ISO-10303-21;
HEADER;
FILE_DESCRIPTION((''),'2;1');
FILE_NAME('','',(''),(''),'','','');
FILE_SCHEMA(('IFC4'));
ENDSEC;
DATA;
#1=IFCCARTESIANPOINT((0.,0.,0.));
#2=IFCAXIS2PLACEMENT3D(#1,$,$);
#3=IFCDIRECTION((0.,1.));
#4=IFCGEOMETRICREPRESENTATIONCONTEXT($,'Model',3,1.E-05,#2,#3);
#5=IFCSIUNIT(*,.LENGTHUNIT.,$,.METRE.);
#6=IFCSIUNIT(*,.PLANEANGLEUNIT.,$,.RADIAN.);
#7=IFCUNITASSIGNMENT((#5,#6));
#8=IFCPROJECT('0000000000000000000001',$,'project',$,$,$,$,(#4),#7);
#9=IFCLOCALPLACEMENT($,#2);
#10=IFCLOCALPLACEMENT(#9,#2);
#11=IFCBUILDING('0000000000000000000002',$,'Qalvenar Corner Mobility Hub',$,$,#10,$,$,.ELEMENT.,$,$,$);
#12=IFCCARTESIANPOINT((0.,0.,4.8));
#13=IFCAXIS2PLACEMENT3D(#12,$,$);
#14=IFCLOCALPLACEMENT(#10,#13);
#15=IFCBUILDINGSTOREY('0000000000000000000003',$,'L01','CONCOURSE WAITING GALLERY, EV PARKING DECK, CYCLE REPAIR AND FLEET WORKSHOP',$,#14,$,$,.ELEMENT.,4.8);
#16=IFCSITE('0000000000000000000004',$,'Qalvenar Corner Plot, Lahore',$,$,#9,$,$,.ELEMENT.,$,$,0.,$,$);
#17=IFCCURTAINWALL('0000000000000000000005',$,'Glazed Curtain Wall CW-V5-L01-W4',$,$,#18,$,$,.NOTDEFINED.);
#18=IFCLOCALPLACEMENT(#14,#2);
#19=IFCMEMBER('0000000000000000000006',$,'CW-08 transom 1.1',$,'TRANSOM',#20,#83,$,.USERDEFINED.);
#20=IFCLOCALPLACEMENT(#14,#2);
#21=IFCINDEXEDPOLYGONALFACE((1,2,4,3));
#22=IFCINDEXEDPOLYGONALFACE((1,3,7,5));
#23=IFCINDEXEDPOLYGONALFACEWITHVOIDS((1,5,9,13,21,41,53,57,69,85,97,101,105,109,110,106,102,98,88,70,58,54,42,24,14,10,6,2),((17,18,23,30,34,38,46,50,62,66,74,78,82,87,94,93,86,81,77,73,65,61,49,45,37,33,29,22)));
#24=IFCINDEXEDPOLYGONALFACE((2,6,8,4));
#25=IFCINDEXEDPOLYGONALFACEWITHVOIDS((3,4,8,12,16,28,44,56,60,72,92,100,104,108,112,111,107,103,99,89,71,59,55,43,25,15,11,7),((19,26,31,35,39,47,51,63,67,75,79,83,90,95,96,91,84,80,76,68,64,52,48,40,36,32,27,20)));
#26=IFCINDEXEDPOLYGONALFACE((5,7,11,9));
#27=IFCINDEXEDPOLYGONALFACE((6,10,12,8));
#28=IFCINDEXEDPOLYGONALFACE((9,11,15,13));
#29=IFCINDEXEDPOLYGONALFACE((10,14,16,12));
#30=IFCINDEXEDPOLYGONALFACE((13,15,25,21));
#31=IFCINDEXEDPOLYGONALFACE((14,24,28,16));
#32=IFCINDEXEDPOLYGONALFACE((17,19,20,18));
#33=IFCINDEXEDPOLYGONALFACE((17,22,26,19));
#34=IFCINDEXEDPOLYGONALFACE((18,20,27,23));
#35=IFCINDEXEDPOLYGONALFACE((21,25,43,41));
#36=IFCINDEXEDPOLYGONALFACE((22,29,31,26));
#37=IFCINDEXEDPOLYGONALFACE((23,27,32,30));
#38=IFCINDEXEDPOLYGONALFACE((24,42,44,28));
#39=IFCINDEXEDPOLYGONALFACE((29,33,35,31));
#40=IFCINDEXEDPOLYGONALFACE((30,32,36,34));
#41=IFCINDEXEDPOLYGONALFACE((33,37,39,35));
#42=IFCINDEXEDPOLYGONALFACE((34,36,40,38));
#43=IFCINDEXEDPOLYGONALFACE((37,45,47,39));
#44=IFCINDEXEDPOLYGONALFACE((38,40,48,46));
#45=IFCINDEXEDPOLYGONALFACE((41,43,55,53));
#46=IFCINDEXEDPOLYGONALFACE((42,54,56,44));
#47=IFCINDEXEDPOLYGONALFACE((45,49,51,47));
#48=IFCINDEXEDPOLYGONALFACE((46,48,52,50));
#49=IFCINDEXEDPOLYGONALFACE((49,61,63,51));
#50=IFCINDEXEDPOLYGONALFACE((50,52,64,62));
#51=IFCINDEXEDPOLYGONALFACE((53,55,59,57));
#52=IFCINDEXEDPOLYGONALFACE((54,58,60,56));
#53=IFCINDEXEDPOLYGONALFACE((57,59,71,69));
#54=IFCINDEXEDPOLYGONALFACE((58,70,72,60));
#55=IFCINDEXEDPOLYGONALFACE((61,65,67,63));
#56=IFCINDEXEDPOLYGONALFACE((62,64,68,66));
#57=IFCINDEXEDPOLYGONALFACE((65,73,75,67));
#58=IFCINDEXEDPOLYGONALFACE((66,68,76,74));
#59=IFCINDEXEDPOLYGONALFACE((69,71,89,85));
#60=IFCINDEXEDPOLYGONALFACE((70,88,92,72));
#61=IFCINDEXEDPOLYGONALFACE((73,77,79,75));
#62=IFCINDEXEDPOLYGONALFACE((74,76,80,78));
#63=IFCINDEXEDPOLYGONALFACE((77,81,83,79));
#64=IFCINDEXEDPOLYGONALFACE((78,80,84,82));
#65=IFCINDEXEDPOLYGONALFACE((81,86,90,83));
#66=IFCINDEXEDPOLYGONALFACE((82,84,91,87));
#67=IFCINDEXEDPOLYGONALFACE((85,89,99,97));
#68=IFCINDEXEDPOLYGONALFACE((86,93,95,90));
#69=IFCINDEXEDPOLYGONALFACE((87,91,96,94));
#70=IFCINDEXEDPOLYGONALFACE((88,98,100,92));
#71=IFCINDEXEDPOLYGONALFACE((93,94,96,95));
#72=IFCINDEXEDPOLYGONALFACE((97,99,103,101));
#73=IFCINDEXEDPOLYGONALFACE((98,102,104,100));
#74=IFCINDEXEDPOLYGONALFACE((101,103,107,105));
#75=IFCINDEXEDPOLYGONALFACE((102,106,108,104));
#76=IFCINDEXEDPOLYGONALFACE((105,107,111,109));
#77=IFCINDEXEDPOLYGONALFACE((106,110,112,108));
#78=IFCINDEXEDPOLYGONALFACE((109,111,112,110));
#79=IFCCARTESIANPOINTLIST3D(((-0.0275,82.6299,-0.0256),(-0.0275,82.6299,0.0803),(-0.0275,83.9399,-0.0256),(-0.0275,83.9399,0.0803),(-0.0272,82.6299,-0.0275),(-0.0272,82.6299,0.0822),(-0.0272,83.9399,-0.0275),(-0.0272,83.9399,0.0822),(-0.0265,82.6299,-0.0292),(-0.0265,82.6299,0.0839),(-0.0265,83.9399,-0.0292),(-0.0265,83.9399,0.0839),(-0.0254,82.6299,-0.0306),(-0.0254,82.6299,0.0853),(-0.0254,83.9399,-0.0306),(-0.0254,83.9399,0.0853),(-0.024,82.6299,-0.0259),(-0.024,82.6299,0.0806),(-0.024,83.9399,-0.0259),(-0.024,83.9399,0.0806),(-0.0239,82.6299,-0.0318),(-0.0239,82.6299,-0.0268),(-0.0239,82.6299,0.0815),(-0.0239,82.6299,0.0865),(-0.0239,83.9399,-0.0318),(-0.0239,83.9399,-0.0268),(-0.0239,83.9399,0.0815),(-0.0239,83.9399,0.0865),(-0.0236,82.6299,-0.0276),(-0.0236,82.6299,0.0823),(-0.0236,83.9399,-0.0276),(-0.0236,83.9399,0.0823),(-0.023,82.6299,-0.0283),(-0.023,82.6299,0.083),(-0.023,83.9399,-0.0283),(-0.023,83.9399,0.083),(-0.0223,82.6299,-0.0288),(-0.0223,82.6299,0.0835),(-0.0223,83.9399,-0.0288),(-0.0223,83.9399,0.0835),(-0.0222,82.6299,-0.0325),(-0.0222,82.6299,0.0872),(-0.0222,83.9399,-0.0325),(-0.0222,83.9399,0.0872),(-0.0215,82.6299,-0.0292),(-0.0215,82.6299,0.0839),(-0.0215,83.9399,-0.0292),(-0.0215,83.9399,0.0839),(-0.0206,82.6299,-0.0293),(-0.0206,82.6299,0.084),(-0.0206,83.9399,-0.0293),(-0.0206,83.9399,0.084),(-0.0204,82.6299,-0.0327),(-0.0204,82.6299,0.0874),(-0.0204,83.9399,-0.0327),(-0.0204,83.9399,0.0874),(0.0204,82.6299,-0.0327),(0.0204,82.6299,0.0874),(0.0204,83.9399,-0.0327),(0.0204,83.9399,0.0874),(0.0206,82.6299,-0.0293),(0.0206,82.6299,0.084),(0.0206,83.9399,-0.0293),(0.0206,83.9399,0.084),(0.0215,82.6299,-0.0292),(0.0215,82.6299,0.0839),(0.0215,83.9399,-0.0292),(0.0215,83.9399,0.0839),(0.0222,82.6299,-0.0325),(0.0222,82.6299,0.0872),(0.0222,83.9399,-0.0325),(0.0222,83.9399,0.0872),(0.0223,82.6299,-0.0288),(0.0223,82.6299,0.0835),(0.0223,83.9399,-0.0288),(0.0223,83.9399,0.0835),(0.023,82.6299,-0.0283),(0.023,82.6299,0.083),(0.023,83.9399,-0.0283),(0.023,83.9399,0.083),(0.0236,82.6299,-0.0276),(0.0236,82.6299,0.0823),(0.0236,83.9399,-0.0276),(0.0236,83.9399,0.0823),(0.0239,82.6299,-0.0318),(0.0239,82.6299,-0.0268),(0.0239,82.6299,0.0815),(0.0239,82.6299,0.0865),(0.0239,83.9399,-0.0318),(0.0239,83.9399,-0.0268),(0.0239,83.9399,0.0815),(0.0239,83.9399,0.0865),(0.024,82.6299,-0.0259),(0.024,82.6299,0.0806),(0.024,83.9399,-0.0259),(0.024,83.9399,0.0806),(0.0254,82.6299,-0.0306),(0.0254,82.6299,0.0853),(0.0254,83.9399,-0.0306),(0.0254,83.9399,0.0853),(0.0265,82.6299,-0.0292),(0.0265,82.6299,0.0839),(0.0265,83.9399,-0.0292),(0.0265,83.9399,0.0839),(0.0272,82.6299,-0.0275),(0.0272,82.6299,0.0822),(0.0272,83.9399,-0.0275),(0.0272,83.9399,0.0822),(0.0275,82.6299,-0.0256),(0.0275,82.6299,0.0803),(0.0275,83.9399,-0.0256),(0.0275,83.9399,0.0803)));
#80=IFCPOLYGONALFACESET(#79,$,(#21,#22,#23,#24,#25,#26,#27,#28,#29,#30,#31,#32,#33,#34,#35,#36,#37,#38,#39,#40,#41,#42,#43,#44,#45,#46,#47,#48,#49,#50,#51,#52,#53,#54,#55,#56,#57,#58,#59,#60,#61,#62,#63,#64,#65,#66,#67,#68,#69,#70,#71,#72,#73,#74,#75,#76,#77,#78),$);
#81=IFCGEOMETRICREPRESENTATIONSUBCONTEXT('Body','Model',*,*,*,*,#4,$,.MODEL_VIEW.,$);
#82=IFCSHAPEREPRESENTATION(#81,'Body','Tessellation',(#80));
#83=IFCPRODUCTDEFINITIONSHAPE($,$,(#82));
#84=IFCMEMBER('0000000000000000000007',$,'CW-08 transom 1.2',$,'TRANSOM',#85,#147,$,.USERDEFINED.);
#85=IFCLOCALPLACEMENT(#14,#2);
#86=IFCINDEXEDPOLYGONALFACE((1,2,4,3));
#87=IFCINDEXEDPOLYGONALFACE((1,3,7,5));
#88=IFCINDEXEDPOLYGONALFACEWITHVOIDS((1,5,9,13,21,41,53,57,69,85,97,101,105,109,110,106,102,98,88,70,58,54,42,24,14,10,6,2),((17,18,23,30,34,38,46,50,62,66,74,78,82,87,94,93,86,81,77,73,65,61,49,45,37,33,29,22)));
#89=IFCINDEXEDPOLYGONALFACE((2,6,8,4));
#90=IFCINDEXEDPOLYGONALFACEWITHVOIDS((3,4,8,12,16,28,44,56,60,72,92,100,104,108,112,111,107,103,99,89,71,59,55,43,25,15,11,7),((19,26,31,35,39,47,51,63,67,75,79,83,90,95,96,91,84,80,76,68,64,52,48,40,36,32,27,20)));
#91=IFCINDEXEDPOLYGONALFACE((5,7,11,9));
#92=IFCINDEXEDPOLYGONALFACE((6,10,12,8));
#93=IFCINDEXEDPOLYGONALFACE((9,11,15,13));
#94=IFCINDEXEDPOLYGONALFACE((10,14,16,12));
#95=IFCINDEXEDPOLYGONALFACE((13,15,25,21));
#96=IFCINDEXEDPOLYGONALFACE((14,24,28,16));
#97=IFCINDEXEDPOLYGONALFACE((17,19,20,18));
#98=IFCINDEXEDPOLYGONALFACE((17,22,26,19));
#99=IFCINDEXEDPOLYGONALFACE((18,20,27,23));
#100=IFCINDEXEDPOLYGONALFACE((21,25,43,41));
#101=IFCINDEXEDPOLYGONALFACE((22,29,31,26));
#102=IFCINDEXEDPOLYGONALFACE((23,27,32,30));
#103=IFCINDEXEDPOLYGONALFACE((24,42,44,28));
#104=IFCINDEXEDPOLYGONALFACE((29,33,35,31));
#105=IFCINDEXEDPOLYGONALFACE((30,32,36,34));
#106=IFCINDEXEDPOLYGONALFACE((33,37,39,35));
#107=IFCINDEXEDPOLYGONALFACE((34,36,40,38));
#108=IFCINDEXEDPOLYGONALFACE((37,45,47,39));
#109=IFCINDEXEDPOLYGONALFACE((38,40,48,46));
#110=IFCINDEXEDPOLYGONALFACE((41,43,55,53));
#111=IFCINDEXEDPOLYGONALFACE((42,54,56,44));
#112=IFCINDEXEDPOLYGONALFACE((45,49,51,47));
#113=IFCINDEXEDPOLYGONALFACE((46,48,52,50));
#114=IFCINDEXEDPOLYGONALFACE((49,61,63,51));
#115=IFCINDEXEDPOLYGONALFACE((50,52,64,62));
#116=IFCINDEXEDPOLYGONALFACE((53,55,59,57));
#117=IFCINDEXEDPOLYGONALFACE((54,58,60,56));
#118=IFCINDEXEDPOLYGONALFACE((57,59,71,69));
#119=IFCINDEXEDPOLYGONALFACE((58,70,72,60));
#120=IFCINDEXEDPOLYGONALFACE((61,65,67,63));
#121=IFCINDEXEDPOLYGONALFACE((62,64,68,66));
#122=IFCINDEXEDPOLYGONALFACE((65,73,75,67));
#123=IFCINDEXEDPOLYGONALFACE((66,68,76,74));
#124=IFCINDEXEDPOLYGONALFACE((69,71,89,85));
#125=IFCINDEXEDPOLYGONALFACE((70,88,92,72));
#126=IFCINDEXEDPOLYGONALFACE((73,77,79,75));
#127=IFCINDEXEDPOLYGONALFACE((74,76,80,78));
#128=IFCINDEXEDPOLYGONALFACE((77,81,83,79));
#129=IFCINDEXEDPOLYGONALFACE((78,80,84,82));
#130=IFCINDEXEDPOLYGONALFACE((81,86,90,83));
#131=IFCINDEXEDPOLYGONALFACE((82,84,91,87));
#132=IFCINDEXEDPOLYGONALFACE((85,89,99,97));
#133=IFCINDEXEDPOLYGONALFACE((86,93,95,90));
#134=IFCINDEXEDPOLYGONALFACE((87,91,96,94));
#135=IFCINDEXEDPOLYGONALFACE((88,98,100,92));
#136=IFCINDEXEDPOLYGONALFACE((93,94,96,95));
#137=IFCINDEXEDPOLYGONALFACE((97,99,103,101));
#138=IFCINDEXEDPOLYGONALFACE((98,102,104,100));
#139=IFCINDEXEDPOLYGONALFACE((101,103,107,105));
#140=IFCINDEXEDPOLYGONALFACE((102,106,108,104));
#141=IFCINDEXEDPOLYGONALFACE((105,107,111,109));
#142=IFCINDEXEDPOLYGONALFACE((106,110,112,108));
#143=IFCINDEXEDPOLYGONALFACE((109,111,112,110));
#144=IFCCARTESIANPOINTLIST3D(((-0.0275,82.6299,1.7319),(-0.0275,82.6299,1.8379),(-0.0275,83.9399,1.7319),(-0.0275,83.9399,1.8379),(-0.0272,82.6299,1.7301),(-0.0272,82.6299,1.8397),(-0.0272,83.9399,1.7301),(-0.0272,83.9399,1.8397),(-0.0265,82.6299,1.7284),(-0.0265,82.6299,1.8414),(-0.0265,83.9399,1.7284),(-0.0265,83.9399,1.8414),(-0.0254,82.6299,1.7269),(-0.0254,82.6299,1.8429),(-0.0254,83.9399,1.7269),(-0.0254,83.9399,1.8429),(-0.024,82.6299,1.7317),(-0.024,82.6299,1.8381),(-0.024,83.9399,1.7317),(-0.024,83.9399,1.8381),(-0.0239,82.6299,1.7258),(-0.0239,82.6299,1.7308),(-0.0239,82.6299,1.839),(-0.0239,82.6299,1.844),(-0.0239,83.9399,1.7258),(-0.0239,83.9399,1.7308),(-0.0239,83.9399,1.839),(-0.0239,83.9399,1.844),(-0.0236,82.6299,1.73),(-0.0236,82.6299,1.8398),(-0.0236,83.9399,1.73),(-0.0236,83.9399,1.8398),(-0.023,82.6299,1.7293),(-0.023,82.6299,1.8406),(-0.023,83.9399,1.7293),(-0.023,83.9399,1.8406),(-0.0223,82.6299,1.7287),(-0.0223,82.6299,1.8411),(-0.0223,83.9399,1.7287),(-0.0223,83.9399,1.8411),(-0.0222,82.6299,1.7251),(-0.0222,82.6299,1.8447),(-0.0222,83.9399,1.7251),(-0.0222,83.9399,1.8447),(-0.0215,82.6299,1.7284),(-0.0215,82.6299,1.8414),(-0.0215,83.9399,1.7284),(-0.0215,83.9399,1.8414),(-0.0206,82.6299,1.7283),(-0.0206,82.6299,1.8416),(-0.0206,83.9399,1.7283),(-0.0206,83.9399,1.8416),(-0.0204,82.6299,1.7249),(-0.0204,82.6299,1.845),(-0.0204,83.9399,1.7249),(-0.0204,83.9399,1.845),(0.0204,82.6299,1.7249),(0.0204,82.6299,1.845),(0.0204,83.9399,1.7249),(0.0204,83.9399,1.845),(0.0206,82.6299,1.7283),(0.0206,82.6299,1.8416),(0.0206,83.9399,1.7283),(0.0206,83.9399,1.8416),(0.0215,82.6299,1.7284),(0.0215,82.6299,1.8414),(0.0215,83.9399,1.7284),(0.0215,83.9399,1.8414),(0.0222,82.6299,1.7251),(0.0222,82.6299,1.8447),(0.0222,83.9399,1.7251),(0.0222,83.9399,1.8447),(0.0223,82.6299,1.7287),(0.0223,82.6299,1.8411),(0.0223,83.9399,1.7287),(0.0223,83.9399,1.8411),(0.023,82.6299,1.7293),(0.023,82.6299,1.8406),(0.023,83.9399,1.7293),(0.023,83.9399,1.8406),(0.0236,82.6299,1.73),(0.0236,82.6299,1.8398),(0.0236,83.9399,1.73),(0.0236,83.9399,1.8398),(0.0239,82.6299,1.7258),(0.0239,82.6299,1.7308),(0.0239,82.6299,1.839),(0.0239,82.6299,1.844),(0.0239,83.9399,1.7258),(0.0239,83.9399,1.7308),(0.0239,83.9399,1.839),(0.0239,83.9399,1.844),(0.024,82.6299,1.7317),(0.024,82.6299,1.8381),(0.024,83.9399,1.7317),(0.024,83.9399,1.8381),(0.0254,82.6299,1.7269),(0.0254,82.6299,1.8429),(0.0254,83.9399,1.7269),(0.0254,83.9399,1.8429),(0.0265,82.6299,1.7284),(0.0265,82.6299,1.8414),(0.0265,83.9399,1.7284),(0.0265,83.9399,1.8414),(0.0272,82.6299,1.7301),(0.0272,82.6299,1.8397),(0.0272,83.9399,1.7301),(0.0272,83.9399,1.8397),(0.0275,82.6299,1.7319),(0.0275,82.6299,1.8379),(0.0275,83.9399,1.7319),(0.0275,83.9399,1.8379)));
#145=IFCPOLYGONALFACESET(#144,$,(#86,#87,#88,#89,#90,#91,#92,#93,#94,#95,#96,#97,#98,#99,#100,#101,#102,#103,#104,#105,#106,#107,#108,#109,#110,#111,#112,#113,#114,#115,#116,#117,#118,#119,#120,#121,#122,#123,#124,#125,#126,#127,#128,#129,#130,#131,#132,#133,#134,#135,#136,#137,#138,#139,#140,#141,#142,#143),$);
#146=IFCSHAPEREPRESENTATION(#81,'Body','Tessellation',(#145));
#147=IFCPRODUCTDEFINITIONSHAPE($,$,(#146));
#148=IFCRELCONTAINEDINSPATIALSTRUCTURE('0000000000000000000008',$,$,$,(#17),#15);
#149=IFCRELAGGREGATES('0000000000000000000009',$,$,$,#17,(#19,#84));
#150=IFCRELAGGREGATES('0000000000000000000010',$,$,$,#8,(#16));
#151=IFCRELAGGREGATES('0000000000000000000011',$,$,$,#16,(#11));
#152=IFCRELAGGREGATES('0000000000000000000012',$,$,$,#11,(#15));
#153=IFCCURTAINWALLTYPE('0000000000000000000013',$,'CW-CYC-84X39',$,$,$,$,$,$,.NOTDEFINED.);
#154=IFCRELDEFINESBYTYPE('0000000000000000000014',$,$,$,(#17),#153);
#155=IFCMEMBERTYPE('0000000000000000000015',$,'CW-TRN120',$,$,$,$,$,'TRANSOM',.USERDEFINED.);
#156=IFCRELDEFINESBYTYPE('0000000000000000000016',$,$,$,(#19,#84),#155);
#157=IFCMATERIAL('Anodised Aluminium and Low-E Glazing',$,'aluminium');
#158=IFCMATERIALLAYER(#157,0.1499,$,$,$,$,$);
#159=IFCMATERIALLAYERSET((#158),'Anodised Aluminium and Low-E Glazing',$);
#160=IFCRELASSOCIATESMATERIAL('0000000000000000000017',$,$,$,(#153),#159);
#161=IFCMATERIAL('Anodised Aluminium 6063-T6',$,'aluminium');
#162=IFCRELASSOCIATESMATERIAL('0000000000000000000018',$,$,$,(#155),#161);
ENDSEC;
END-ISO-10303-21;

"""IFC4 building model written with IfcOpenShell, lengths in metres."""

from ifc_helpers import new_model, si_unit, direction, frame, origin, origin_2d, place, context, subcontext, project, spatial, hollow_rectangle, extrude, material, layer, layer_set, material_profile, profile_set, type_object, element, aggregate, save


model = new_model("IFC4")

# Units and contexts
model_context = context("Model", 3, precision=1e-05, world=origin(), true_north=direction((0.0, 1.0)))
body_context = subcontext(model_context, "Body", "Model", "MODEL_VIEW")
ifc_project = project(units=[si_unit("LENGTHUNIT", "METRE"), si_unit("PLANEANGLEUNIT", "RADIAN")], contexts=[model_context])

# Site, building, storey
site_placement = place(None, origin())
site = spatial("IfcSite", under=ifc_project, at=site_placement, Name="Qalvenar Corner Plot, Lahore", CompositionType="ELEMENT", RefElevation=0.0)
building_placement = place(site_placement, origin())
building = spatial("IfcBuilding", under=site, at=building_placement, Name="Qalvenar Corner Mobility Hub", CompositionType="ELEMENT")
storey_placement = place(building_placement, frame((0.0, 0.0, 4.8)))
storey = spatial("IfcBuildingStorey", under=building, at=storey_placement, Name="L01", Description="CONCOURSE WAITING GALLERY, EV PARKING DECK, CYCLE REPAIR AND FLEET WORKSHOP", CompositionType="ELEMENT", Elevation=4.8)

# Curtain wall
ifc_material_1 = material(Name="Anodised Aluminium and Low-E Glazing", Category="aluminium")
ifc_layer_1 = layer(ifc_material_1, 0.1499)
ifc_layer_set_1 = layer_set([ifc_layer_1], Name="Anodised Aluminium and Low-E Glazing")
curtain_wall_type = type_object("IfcCurtainWallType", Name="CW-CYC-84X39", PredefinedType="NOTDEFINED", material=ifc_layer_set_1)
curtain_wall_1_placement = place(storey_placement, origin())
curtain_wall_1 = element("IfcCurtainWall", 1, at=curtain_wall_1_placement, inside=storey, type_object=curtain_wall_type, Name="Glazed Curtain Wall CW-V5-L01-W4", PredefinedType="NOTDEFINED")
ifc_material_2 = material(Name="Anodised Aluminium 6063-T6", Category="aluminium")

# Members
ifc_material_profile_1 = material_profile(ifc_material_2, hollow_rectangle(XDim=0.0549, YDim=0.1201, WallThickness=0.0034, InnerFilletRadius=0.0034, OuterFilletRadius=0.0071, at=origin_2d()), Name="RHS120x55x3.5")
ifc_profile_set_1 = profile_set([ifc_material_profile_1], Name="Anodised Aluminium 6063-T6")
member_type_1 = type_object("IfcMemberType", Name="CW-TRN120", ElementType="TRANSOM", PredefinedType="USERDEFINED", material=ifc_profile_set_1)
member_1_placement = place(storey_placement, frame((0.0, 83.9399, 0.0273), z_axis=(0.0, -1.0, 0.0), x_axis=(1.0, 0.0, 0.0)))
member_1 = element("IfcMember", 2, at=member_1_placement, type_object=member_type_1, Name="CW-08 transom 1.1", ObjectType="TRANSOM", PredefinedType="USERDEFINED", context=body_context, shape_type="SweptSolid", body=[
    extrude(hollow_rectangle(XDim=0.0549, YDim=0.1201, WallThickness=0.0034, InnerFilletRadius=0.0034, OuterFilletRadius=0.0071, at=origin_2d()), origin(), (0.0, 0.0, 1.0), 1.3101),
])
member_2_placement = place(storey_placement, frame((0.0, 83.9399, 1.7849), z_axis=(0.0, -1.0, 0.0), x_axis=(1.0, 0.0, 0.0)))
member_2 = element("IfcMember", 3, at=member_2_placement, type_object=member_type_1, Name="CW-08 transom 1.2", ObjectType="TRANSOM", PredefinedType="USERDEFINED", context=body_context, shape_type="SweptSolid", body=[
    extrude(hollow_rectangle(XDim=0.0549, YDim=0.1201, WallThickness=0.0034, InnerFilletRadius=0.0034, OuterFilletRadius=0.0071, at=origin_2d()), origin(), (0.0, 0.0, 1.0), 1.3101),
])

aggregate(curtain_wall_1, [member_1, member_2])

save(model, "model.ifc")
